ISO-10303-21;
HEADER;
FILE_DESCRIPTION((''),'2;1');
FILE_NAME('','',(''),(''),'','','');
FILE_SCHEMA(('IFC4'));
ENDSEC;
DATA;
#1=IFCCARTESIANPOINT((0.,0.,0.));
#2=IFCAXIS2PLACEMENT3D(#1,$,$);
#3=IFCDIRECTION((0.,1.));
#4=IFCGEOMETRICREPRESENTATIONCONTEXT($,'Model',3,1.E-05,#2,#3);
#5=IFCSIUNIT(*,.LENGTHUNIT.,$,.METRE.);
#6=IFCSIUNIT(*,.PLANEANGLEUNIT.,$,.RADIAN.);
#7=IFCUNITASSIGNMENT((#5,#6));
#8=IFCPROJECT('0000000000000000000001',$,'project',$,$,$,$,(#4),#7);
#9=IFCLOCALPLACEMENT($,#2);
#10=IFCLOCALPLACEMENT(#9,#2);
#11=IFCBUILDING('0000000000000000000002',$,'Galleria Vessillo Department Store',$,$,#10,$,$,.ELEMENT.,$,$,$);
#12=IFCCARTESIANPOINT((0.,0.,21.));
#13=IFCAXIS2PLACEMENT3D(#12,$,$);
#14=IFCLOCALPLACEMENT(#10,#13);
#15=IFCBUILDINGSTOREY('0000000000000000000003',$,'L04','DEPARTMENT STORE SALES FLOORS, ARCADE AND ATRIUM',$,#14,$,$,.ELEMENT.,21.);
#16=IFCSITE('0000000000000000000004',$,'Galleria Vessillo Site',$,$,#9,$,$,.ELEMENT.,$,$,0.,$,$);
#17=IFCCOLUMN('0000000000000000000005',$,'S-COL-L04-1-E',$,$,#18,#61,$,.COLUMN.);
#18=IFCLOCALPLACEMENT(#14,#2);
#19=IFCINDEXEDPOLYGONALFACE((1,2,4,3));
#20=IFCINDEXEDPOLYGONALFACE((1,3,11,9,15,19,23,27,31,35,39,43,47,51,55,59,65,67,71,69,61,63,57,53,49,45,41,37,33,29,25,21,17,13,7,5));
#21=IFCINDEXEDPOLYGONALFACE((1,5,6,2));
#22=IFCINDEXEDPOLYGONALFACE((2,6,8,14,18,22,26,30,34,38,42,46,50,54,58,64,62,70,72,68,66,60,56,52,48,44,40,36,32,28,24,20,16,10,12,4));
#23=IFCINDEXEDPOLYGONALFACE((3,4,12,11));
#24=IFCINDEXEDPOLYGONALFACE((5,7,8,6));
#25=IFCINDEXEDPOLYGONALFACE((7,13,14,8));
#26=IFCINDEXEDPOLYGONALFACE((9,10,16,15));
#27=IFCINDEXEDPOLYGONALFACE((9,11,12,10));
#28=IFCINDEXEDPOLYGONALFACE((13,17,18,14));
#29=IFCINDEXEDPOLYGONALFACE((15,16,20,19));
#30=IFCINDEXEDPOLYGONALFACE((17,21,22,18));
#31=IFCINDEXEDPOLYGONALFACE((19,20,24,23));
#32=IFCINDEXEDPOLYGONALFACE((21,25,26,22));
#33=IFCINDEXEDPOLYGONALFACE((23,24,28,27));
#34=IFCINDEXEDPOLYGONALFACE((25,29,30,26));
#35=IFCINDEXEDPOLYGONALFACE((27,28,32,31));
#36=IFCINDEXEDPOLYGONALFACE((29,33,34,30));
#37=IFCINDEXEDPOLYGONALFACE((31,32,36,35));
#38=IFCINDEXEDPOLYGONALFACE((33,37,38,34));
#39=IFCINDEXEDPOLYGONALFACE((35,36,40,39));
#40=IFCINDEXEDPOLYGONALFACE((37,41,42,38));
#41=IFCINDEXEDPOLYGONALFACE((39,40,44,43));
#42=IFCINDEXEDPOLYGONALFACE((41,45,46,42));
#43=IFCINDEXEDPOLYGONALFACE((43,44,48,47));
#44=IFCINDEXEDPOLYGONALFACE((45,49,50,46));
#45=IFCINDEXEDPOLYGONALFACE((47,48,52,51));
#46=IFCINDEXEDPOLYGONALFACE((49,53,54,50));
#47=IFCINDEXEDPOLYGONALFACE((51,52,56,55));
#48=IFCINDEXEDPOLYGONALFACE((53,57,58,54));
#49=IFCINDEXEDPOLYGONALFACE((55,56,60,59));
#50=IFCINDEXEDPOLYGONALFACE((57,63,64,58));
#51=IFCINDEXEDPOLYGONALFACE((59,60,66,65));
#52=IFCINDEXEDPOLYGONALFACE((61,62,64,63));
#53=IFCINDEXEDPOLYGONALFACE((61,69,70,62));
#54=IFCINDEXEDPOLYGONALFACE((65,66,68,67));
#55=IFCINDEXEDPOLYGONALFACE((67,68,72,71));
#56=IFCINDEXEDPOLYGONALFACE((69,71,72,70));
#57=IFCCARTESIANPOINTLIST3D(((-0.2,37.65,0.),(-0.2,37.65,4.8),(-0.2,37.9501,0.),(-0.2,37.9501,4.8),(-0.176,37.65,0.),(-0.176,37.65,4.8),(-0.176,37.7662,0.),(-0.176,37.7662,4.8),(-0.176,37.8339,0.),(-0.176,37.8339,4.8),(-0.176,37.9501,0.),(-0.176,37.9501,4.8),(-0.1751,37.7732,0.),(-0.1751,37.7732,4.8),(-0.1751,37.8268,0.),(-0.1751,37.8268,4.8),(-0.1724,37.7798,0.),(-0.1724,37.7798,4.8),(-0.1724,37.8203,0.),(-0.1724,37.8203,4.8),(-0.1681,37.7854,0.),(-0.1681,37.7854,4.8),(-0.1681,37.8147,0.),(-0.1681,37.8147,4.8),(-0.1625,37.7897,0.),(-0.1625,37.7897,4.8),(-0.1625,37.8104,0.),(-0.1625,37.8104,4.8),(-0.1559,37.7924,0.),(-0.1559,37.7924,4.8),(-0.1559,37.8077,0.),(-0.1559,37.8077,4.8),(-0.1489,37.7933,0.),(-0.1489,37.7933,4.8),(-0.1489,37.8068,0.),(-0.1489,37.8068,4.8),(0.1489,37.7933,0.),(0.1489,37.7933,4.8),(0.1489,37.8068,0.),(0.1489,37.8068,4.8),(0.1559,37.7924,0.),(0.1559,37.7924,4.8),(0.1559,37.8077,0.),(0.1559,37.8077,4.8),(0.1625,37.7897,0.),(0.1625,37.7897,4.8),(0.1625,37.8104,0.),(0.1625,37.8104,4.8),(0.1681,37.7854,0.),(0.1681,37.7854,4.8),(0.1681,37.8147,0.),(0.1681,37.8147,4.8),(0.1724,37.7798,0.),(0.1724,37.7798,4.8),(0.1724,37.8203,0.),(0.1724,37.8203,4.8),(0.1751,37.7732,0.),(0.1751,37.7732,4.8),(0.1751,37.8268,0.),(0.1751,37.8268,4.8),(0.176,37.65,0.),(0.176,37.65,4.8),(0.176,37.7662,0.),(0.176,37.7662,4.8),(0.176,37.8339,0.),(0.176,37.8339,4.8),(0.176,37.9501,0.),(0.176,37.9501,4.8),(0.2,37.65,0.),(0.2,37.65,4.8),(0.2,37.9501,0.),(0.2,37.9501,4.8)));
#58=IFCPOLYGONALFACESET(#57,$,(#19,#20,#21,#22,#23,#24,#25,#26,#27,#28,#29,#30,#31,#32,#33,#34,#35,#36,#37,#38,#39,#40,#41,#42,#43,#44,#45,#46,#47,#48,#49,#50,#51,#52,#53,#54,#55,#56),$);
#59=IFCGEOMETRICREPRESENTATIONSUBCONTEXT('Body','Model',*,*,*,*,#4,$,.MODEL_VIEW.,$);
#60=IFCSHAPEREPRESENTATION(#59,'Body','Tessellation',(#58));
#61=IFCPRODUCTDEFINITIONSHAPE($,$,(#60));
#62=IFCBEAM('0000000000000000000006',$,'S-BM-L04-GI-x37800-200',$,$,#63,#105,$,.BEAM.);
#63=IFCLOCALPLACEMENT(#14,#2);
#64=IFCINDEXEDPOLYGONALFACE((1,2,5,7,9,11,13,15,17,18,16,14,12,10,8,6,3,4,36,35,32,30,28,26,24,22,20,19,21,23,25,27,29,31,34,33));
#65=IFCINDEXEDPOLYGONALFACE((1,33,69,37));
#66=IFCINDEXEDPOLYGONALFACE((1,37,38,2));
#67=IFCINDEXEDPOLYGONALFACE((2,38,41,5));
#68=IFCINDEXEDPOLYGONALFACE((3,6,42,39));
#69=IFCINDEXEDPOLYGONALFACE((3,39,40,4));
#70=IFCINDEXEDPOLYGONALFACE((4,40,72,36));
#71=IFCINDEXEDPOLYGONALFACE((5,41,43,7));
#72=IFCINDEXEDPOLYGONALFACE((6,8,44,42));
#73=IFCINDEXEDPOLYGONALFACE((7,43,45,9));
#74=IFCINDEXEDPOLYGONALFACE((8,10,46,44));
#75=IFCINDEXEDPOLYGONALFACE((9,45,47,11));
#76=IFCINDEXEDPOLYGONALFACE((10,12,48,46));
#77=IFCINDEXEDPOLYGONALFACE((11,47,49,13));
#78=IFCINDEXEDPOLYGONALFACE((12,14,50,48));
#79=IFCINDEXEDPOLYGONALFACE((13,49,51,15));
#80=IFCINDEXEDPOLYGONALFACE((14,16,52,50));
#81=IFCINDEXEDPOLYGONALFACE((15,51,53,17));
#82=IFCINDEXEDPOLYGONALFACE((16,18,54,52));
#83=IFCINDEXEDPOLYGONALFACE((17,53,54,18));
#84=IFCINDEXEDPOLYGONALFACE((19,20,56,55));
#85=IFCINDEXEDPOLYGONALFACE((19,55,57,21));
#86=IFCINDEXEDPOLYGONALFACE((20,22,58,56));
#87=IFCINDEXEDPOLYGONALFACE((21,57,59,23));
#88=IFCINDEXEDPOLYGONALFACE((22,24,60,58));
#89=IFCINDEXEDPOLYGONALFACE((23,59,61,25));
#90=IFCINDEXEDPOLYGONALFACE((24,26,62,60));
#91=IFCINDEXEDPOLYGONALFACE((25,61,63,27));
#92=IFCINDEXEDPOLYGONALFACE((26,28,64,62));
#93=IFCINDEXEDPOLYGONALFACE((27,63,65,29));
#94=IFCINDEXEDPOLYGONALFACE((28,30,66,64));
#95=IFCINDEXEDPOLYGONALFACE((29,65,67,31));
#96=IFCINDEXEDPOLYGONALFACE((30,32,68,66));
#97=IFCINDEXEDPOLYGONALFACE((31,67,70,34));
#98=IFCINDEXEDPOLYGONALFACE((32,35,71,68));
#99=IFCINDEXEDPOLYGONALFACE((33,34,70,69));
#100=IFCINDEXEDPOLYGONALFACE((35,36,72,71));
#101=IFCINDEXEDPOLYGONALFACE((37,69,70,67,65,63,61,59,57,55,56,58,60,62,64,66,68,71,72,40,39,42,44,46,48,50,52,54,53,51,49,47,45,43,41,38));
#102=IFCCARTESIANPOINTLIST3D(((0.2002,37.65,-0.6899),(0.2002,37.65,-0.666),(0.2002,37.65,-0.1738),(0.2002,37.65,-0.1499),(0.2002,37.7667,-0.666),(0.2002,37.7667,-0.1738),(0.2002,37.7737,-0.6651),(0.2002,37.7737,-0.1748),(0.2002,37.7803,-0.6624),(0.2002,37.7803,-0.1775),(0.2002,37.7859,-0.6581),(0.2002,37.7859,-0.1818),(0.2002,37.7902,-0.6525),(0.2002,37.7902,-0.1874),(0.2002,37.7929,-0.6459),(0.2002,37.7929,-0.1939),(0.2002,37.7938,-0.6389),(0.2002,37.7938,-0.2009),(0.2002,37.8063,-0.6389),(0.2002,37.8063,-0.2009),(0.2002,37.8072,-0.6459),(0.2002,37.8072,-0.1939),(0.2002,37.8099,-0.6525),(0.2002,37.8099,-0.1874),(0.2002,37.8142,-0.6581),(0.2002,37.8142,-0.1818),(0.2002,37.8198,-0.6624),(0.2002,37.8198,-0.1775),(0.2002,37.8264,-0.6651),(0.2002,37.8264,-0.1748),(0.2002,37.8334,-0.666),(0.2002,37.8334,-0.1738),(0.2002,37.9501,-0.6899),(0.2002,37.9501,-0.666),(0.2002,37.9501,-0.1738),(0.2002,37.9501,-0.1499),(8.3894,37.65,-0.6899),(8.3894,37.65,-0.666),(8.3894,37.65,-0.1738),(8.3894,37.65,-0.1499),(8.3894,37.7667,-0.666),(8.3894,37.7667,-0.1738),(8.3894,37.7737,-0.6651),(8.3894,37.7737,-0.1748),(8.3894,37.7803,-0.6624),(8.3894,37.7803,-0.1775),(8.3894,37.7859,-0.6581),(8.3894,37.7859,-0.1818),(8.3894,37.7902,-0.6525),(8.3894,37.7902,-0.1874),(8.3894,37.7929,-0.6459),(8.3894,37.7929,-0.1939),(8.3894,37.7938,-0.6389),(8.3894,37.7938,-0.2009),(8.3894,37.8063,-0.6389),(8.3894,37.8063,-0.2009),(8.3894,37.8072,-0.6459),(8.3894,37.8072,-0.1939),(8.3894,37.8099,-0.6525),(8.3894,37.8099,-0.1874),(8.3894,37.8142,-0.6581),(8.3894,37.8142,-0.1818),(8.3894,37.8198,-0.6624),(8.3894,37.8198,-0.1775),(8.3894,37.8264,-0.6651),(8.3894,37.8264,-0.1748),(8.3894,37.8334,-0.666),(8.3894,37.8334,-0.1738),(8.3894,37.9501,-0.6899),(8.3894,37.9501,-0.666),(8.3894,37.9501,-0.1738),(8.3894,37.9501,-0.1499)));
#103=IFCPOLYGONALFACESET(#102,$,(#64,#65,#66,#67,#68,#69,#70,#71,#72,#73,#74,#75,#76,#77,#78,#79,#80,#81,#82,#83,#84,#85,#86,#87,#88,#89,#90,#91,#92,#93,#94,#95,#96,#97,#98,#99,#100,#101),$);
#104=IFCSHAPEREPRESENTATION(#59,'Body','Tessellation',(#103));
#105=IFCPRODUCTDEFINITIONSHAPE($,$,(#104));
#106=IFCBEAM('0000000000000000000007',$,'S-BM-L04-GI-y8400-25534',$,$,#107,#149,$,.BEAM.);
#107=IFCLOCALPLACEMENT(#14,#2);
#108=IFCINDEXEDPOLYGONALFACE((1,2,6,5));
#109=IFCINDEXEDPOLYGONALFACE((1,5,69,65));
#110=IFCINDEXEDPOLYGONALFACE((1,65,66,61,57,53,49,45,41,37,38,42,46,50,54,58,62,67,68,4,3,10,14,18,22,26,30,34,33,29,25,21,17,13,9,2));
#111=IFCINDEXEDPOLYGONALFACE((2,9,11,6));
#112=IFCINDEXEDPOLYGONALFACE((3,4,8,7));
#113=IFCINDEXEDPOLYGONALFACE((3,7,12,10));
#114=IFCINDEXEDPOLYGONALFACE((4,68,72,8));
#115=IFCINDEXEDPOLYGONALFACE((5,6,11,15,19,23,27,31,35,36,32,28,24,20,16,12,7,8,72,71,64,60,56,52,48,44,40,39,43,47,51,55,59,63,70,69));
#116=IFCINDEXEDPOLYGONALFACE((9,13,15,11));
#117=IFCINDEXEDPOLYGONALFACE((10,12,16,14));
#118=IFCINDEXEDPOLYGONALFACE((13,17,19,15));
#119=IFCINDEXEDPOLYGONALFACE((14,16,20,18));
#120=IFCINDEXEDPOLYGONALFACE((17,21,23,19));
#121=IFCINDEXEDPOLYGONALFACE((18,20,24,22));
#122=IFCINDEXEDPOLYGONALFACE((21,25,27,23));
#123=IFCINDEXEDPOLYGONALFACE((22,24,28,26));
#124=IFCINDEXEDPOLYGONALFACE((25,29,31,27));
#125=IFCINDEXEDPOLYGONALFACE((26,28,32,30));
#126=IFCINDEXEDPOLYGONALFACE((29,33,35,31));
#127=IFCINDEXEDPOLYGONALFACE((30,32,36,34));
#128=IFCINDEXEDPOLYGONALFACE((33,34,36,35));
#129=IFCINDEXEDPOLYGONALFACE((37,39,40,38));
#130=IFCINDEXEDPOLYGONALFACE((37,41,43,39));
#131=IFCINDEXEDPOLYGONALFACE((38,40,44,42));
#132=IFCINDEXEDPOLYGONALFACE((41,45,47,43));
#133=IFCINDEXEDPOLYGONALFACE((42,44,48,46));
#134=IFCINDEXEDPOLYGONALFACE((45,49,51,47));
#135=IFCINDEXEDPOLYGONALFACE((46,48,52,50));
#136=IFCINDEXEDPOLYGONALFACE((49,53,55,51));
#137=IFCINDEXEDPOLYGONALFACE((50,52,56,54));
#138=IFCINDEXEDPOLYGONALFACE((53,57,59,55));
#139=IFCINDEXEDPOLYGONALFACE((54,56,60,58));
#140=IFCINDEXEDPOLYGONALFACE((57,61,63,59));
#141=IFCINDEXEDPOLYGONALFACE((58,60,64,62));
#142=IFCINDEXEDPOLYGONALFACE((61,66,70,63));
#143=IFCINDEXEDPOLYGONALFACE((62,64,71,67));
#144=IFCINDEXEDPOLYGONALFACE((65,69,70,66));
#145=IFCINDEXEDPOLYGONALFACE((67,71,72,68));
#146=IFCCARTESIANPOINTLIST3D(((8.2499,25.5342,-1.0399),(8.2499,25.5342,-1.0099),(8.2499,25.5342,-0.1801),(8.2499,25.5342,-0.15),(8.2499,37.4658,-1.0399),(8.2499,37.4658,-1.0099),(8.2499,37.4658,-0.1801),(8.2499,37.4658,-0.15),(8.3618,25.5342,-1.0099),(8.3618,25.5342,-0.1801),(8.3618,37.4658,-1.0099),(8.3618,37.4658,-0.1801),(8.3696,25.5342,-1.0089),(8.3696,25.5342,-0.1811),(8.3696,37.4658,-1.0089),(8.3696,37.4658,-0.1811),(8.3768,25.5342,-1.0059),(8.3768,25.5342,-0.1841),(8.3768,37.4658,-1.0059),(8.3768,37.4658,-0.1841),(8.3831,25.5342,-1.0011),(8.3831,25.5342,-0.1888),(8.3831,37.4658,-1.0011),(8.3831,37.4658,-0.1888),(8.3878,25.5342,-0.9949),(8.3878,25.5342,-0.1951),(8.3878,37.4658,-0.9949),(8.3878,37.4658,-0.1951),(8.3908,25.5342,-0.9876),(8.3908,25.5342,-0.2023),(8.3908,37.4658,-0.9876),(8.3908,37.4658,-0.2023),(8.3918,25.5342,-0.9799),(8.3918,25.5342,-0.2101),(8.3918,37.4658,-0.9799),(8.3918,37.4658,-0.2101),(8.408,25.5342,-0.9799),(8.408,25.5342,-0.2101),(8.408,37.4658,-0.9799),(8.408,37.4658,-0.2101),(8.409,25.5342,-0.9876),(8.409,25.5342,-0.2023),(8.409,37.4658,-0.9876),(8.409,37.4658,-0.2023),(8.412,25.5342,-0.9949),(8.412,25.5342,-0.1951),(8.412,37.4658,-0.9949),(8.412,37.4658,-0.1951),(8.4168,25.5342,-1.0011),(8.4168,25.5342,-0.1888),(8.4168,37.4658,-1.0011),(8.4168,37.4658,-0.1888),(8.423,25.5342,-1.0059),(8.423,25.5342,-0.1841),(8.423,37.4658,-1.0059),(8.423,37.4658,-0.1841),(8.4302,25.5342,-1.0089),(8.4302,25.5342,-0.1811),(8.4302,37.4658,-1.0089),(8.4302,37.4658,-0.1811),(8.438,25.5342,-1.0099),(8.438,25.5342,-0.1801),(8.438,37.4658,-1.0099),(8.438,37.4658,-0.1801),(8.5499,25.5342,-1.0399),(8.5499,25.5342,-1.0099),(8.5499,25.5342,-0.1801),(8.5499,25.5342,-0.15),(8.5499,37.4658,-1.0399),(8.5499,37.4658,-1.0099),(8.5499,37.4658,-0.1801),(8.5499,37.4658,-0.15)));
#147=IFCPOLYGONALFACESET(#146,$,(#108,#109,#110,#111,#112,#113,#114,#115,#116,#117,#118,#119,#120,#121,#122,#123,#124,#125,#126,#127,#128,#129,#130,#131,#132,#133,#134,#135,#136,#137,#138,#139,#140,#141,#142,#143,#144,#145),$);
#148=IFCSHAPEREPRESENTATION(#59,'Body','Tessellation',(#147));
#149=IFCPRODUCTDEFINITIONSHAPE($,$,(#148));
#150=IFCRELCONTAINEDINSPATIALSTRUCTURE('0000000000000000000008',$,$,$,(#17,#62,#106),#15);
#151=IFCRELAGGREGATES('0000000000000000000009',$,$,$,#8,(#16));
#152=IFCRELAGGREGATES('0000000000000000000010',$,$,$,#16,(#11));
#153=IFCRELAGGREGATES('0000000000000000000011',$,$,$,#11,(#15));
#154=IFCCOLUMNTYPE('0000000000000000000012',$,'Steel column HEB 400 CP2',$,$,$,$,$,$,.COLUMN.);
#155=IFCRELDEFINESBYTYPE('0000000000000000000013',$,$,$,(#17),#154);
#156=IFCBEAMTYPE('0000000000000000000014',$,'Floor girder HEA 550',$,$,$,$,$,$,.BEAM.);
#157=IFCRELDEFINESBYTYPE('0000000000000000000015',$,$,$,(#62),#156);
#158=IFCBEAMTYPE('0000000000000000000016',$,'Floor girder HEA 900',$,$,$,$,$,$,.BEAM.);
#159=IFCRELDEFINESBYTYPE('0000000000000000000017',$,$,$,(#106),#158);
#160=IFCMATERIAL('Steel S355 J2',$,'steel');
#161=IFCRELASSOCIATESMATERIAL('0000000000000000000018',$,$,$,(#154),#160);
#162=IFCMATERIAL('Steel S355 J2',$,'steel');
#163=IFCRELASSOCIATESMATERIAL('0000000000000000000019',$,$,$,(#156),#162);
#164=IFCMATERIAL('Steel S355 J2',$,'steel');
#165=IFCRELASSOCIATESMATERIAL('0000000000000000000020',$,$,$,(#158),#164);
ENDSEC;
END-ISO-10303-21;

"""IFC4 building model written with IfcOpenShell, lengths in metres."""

from ifc_helpers import new_model, si_unit, direction, frame, origin, origin_2d, place, context, subcontext, project, spatial, i_section, extrude, material, material_profile, profile_set, type_object, element, save


model = new_model("IFC4")

# Units and contexts
model_context = context("Model", 3, precision=1e-05, world=origin(), true_north=direction((0.0, 1.0)))
body_context = subcontext(model_context, "Body", "Model", "MODEL_VIEW")
ifc_project = project(units=[si_unit("LENGTHUNIT", "METRE"), si_unit("PLANEANGLEUNIT", "RADIAN")], contexts=[model_context])

# Site, building, storey
site_placement = place(None, origin())
site = spatial("IfcSite", under=ifc_project, at=site_placement, Name="Galleria Vessillo Site", CompositionType="ELEMENT", RefElevation=0.0)
building_placement = place(site_placement, origin())
building = spatial("IfcBuilding", under=site, at=building_placement, Name="Galleria Vessillo Department Store", CompositionType="ELEMENT")
storey_placement = place(building_placement, frame((0.0, 0.0, 21.0)))
storey = spatial("IfcBuildingStorey", under=building, at=storey_placement, Name="L04", Description="DEPARTMENT STORE SALES FLOORS, ARCADE AND ATRIUM", CompositionType="ELEMENT", Elevation=21.0)

# Column
ifc_material_1 = material(Name="Steel S355 J2", Category="steel")
ifc_material_profile_1 = material_profile(ifc_material_1, i_section(OverallWidth=0.3, OverallDepth=0.3999, WebThickness=0.0134, FlangeThickness=0.0239, FilletRadius=0.0271, at=origin_2d()), Name="HEB 400")
ifc_profile_set_1 = profile_set([ifc_material_profile_1], Name="Steel S355 J2")
column_type = type_object("IfcColumnType", Name="Steel column HEB 400 CP2", PredefinedType="COLUMN", material=ifc_profile_set_1)
column_placement = place(storey_placement, frame((0.0, 37.8, 0.0), z_axis=(0.0, 0.0, 1.0), x_axis=(0.0, 1.0, 0.0)))
element("IfcColumn", 1, at=column_placement, inside=storey, type_object=column_type, Name="S-COL-L04-1-E", PredefinedType="COLUMN", context=body_context, shape_type="SweptSolid", body=[
    extrude(i_section(OverallWidth=0.3, OverallDepth=0.3999, WebThickness=0.0134, FlangeThickness=0.0239, FilletRadius=0.0271, at=origin_2d()), origin(), (0.0, 0.0, 1.0), 4.8),
])

# Beams
ifc_material_2 = material(Name="Steel S355 J2", Category="steel")
ifc_material_profile_2 = material_profile(ifc_material_2, i_section(OverallWidth=0.3, OverallDepth=0.54, WebThickness=0.0125, FlangeThickness=0.0239, FilletRadius=0.0271, at=origin_2d()), Name="HEA 550")
ifc_profile_set_2 = profile_set([ifc_material_profile_2], Name="Steel S355 J2")
beam_type_1 = type_object("IfcBeamType", Name="Floor girder HEA 550", PredefinedType="BEAM", material=ifc_profile_set_2)
beam_1_placement = place(storey_placement, frame((0.2002, 37.8, -0.4199), z_axis=(1.0, 0.0, 0.0), x_axis=(0.0, 1.0, 0.0)))
element("IfcBeam", 2, at=beam_1_placement, inside=storey, type_object=beam_type_1, Name="S-BM-L04-GI-x37800-200", PredefinedType="BEAM", context=body_context, shape_type="SweptSolid", body=[
    extrude(i_section(OverallWidth=0.3, OverallDepth=0.54, WebThickness=0.0125, FlangeThickness=0.0239, FilletRadius=0.0271, at=origin_2d()), origin(), (0.0, 0.0, 1.0), 8.1892),
])
ifc_material_3 = material(Name="Steel S355 J2", Category="steel")
ifc_material_profile_3 = material_profile(ifc_material_3, i_section(OverallWidth=0.3, OverallDepth=0.8899, WebThickness=0.0161, FlangeThickness=0.03, FilletRadius=0.03, at=origin_2d()), Name="HEA 900")
ifc_profile_set_3 = profile_set([ifc_material_profile_3], Name="Steel S355 J2")
beam_type_2 = type_object("IfcBeamType", Name="Floor girder HEA 900", PredefinedType="BEAM", material=ifc_profile_set_3)
beam_2_placement = place(storey_placement, frame((8.3999, 25.5342, -0.595), z_axis=(0.0, 1.0, 0.0), x_axis=(-1.0, 0.0, 0.0)))
element("IfcBeam", 3, at=beam_2_placement, inside=storey, type_object=beam_type_2, Name="S-BM-L04-GI-y8400-25534", PredefinedType="BEAM", context=body_context, shape_type="SweptSolid", body=[
    extrude(i_section(OverallWidth=0.3, OverallDepth=0.8899, WebThickness=0.0161, FlangeThickness=0.03, FilletRadius=0.03, at=origin_2d()), origin(), (0.0, 0.0, 1.0), 11.9316),
])

save(model, "model.ifc")
